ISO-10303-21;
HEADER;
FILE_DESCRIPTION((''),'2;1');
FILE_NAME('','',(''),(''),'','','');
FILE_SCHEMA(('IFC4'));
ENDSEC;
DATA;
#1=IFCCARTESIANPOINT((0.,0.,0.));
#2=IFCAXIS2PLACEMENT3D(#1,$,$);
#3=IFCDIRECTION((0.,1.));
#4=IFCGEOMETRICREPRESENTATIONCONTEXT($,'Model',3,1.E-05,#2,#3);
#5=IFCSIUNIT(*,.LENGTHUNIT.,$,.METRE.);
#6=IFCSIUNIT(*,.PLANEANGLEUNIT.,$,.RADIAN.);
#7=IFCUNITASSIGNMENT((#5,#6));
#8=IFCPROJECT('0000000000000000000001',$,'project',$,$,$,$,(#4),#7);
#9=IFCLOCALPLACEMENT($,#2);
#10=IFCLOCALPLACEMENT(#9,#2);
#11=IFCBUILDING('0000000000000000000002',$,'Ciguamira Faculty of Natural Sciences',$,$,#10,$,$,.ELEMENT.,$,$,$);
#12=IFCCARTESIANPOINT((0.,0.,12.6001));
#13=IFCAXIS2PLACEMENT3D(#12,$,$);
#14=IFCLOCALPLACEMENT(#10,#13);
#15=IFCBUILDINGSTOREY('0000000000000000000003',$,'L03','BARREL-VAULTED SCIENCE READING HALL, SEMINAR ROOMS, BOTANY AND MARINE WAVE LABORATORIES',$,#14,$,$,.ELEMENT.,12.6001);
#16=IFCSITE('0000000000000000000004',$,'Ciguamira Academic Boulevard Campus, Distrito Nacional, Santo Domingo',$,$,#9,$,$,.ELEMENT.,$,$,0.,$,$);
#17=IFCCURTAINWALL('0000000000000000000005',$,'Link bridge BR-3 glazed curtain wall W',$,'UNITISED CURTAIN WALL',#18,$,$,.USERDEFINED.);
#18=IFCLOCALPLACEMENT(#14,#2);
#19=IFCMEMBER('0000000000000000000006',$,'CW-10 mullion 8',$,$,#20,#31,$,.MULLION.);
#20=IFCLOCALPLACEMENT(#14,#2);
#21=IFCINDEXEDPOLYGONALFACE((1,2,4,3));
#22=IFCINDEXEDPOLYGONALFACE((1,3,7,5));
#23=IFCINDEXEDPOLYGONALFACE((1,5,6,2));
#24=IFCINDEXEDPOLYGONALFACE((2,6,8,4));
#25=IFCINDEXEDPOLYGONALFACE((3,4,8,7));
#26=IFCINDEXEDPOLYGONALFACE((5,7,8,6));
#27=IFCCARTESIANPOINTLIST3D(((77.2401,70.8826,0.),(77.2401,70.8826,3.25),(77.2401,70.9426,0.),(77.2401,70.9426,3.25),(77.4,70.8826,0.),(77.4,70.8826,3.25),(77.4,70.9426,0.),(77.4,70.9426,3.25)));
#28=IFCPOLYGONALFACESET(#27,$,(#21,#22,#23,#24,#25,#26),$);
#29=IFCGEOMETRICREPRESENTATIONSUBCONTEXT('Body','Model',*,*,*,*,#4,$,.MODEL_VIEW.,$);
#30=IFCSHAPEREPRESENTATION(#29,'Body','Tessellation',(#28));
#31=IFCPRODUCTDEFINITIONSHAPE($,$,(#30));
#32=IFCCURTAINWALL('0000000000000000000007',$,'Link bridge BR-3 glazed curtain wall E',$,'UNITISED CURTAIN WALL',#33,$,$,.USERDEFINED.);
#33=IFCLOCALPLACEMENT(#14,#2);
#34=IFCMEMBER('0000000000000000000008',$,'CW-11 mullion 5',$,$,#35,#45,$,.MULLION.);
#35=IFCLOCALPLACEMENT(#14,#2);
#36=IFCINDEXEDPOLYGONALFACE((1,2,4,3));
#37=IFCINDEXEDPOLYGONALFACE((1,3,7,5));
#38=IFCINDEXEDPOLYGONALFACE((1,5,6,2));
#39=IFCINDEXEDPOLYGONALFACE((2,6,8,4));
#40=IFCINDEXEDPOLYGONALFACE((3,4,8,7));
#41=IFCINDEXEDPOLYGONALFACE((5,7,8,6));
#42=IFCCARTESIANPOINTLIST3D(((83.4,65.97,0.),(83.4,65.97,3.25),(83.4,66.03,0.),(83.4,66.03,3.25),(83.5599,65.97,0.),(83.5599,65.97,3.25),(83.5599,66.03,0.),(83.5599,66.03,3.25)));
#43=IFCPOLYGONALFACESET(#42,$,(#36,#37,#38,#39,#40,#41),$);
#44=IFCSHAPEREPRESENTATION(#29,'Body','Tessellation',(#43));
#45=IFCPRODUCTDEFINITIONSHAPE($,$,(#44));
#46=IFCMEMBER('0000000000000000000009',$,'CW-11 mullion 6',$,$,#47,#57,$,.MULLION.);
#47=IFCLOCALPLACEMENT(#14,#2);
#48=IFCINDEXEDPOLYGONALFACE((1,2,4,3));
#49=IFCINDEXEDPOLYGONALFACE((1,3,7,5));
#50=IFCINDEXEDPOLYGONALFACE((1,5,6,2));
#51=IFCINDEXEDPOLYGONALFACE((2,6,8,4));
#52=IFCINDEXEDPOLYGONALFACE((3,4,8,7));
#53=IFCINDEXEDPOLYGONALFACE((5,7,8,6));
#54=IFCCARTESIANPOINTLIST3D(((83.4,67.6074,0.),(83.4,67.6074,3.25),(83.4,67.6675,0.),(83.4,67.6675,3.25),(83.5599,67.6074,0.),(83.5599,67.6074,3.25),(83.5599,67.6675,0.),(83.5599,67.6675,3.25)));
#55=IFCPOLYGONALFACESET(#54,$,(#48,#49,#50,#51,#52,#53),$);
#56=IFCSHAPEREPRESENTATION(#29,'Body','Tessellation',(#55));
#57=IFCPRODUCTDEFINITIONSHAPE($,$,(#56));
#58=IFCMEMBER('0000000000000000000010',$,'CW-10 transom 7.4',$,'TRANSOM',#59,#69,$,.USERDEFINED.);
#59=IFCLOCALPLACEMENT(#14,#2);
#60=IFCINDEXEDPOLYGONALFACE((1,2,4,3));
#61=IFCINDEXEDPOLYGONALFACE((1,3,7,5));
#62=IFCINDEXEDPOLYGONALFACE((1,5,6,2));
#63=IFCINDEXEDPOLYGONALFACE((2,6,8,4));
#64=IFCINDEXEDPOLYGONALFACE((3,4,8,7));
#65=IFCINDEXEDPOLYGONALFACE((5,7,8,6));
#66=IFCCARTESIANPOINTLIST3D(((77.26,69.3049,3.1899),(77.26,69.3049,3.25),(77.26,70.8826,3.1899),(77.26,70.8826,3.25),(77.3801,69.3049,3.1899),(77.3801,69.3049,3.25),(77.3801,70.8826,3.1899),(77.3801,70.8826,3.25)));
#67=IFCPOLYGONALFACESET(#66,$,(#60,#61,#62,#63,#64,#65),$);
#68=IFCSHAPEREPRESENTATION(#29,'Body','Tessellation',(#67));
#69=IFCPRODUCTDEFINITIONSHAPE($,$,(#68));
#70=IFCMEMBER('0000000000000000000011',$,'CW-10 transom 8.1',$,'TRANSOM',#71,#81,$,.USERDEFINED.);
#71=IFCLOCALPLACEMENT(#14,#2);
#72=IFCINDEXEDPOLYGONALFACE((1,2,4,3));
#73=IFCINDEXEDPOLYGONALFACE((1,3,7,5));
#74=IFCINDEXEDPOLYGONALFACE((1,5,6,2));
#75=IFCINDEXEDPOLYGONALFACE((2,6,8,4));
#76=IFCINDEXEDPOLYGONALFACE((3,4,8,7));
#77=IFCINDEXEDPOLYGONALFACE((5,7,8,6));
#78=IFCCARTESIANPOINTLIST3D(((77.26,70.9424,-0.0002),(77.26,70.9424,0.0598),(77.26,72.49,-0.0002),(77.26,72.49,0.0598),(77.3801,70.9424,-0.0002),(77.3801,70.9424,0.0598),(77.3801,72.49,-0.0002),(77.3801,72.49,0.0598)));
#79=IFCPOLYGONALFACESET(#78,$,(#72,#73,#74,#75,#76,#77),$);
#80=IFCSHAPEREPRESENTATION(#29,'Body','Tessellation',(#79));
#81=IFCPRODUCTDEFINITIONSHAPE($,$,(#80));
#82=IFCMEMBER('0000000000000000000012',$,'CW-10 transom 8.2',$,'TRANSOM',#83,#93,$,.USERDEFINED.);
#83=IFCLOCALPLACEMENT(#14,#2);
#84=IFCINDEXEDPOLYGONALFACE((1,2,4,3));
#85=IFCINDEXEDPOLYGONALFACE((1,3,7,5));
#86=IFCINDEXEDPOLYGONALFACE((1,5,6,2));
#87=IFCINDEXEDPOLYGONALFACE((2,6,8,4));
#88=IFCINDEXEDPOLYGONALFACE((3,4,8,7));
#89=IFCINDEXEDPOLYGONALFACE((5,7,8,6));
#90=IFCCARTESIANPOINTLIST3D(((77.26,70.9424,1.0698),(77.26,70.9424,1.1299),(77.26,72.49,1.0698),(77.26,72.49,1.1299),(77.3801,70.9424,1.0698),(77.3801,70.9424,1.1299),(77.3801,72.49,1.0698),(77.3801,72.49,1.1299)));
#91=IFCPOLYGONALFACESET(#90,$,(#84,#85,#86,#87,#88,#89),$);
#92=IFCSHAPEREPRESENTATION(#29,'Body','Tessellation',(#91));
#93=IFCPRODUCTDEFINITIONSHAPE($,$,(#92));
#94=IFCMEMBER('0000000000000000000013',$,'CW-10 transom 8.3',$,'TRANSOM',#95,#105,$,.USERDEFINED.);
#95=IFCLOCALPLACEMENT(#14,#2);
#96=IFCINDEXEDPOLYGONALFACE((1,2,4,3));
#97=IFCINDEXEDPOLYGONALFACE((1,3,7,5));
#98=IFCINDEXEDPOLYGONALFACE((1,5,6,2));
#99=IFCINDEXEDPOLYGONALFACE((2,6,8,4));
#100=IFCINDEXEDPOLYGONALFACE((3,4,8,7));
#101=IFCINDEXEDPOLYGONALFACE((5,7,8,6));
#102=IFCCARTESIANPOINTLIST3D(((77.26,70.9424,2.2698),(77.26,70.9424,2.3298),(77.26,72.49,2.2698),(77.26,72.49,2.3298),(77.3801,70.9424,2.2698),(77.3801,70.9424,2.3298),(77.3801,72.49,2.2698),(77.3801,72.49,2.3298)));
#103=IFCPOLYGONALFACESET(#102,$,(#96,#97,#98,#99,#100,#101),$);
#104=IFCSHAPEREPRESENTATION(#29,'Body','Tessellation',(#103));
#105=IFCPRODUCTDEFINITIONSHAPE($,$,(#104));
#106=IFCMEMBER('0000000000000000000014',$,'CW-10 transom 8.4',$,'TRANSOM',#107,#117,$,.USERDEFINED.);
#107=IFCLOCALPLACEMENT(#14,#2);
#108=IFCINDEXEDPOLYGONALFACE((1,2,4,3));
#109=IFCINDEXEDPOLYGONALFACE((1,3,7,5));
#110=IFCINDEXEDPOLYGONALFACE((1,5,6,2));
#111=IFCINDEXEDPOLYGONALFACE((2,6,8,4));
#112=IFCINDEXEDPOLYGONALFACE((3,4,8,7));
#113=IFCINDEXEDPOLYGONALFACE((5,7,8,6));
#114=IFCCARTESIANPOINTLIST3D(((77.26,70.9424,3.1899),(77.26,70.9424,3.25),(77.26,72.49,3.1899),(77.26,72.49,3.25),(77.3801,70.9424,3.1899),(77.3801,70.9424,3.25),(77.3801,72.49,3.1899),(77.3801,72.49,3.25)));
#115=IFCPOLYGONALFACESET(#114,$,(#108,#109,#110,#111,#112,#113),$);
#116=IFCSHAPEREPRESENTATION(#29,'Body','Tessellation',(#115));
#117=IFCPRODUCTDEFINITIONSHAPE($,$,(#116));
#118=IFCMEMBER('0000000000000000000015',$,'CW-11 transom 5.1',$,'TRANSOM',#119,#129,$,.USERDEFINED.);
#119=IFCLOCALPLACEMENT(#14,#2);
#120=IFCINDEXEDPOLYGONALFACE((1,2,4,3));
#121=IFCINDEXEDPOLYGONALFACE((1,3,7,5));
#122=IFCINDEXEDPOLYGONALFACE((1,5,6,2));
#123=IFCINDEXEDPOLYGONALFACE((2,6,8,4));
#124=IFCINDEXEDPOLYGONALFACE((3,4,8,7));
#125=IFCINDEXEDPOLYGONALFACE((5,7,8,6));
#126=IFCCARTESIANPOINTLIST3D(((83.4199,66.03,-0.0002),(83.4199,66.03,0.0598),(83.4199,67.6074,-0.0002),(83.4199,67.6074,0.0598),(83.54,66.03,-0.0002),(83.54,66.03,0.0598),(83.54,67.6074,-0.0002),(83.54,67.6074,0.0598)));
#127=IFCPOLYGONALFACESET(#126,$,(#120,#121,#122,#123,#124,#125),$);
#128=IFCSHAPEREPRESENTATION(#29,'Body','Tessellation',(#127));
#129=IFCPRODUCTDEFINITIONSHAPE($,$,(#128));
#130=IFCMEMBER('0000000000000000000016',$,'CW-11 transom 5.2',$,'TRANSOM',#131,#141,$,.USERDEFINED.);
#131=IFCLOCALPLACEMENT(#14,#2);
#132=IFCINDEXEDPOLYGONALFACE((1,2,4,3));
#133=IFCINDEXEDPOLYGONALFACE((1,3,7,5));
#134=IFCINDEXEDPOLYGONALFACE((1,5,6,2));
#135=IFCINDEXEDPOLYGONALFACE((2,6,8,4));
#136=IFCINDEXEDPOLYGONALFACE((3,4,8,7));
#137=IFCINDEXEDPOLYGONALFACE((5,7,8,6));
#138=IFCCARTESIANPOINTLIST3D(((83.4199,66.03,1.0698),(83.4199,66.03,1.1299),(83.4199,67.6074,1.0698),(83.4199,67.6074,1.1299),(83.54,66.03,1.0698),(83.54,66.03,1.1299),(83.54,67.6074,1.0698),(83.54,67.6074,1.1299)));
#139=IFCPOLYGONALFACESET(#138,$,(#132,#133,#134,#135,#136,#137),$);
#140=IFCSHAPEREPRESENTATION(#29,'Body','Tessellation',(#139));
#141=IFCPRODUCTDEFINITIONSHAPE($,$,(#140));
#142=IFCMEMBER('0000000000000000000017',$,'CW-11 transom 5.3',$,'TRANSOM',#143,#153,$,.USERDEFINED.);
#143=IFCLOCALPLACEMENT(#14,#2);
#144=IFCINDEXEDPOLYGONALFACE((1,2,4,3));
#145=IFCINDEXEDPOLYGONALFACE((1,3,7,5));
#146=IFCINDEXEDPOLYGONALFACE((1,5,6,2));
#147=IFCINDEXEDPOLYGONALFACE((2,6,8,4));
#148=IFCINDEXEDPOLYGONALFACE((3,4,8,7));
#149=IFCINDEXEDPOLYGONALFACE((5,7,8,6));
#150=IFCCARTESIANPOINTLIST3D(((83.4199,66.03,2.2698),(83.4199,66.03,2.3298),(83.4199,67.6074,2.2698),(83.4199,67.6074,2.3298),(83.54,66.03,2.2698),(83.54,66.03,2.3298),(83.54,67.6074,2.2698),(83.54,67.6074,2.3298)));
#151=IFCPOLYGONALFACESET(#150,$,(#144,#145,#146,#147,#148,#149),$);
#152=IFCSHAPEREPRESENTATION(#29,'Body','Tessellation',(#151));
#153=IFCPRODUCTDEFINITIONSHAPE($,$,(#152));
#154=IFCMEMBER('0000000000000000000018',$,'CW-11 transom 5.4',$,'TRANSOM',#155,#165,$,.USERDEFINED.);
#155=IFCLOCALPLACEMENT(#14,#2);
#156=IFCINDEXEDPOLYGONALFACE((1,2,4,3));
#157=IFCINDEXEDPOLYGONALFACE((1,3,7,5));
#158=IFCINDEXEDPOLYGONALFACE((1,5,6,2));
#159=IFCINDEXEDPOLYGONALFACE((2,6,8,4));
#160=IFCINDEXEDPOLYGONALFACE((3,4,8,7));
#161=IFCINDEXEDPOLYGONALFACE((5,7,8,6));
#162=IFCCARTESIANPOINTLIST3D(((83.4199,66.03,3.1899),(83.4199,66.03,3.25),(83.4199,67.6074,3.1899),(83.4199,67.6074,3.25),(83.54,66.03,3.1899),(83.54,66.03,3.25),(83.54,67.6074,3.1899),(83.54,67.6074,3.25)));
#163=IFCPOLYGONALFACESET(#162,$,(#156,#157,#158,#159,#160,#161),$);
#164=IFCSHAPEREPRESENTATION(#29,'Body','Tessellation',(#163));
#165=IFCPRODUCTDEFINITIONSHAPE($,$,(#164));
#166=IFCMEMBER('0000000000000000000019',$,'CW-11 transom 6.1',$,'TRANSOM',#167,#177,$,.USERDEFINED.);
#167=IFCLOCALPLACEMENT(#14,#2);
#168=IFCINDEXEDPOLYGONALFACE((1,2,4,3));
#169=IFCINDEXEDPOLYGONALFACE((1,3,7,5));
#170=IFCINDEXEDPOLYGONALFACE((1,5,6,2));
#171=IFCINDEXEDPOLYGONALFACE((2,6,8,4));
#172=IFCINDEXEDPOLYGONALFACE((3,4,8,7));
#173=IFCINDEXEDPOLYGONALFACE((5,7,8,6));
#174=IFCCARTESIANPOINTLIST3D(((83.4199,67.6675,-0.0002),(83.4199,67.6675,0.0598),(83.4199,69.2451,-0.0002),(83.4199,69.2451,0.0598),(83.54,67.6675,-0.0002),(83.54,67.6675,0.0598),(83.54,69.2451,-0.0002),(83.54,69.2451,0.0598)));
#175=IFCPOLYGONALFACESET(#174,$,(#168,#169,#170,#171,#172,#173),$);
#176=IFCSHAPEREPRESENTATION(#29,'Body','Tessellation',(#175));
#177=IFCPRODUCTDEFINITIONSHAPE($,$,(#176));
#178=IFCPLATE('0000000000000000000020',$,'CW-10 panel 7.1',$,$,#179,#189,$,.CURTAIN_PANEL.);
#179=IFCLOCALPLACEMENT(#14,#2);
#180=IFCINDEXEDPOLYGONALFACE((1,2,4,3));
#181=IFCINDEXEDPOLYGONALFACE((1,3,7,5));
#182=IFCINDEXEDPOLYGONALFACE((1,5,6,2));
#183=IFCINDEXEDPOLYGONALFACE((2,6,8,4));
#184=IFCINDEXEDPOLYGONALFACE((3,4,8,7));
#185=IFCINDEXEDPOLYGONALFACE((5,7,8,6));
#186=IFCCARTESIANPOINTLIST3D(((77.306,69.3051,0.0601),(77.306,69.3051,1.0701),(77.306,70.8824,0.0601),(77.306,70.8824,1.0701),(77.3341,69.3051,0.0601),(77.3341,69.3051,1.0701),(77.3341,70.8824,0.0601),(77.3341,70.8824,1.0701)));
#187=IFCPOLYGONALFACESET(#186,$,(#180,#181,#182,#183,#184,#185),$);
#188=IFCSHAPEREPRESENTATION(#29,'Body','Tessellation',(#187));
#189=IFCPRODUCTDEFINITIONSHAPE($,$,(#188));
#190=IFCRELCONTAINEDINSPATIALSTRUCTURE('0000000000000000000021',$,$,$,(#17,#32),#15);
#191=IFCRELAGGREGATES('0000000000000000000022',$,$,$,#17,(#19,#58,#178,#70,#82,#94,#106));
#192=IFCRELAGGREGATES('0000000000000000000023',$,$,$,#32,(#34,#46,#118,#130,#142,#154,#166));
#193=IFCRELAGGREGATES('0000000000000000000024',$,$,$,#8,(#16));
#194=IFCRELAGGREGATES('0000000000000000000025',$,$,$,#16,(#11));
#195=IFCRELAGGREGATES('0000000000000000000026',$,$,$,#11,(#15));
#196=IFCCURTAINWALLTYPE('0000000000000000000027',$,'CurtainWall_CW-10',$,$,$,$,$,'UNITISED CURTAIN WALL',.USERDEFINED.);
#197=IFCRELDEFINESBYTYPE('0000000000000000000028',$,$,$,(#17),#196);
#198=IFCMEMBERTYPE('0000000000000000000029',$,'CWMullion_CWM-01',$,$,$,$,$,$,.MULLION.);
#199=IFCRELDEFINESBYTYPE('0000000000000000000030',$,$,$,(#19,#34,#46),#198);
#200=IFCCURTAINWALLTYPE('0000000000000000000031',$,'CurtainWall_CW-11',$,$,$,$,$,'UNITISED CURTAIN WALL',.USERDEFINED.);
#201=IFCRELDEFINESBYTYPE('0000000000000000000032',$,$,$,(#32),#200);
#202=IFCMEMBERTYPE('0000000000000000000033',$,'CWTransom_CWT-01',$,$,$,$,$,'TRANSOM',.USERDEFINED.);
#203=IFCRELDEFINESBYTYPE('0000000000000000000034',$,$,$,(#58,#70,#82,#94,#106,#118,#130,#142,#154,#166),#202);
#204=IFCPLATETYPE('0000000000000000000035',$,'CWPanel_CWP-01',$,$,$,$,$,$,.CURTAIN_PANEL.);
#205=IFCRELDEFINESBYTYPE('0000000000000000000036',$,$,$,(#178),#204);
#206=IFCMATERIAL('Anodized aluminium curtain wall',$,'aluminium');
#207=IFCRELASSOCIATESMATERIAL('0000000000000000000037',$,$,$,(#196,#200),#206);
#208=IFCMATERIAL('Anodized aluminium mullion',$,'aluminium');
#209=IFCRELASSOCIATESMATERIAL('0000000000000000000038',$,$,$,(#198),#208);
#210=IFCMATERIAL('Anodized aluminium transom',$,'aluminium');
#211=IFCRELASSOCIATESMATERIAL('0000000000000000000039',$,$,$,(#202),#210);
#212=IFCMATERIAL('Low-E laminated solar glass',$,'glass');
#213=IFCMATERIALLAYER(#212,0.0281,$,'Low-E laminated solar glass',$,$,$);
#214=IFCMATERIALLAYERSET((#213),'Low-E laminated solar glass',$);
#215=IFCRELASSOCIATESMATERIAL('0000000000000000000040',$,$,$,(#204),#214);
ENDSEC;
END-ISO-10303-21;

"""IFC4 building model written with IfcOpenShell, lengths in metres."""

from ifc_helpers import new_model, si_unit, direction, frame, origin, origin_2d, place, context, subcontext, project, spatial, rectangle, extrude, material, layer, layer_set, material_profile, profile_set, type_object, element, aggregate, save


model = new_model("IFC4")

# Units and contexts
model_context = context("Model", 3, precision=1e-05, world=origin(), true_north=direction((0.0, 1.0)))
body_context = subcontext(model_context, "Body", "Model", "MODEL_VIEW")
ifc_project = project(units=[si_unit("LENGTHUNIT", "METRE"), si_unit("PLANEANGLEUNIT", "RADIAN")], contexts=[model_context])

# Site, building, storey
site_placement = place(None, origin())
site = spatial("IfcSite", under=ifc_project, at=site_placement, Name="Ciguamira Academic Boulevard Campus, Distrito Nacional, Santo Domingo", CompositionType="ELEMENT", RefElevation=0.0)
building_placement = place(site_placement, origin())
building = spatial("IfcBuilding", under=site, at=building_placement, Name="Ciguamira Faculty of Natural Sciences", CompositionType="ELEMENT")
storey_placement = place(building_placement, frame((0.0, 0.0, 12.6001)))
storey = spatial("IfcBuildingStorey", under=building, at=storey_placement, Name="L03", Description="BARREL-VAULTED SCIENCE READING HALL, SEMINAR ROOMS, BOTANY AND MARINE WAVE LABORATORIES", CompositionType="ELEMENT", Elevation=12.6001)

# Curtain wall, member
ifc_material_1 = material(Name="Anodized aluminium curtain wall", Category="aluminium")
curtain_wall_type_1 = type_object("IfcCurtainWallType", Name="CurtainWall_CW-10", ElementType="UNITISED CURTAIN WALL", PredefinedType="USERDEFINED", material=ifc_material_1)
curtain_wall_1_placement = place(storey_placement, origin())
curtain_wall_1 = element("IfcCurtainWall", 1, at=curtain_wall_1_placement, inside=storey, type_object=curtain_wall_type_1, Name="Link bridge BR-3 glazed curtain wall W", ObjectType="UNITISED CURTAIN WALL", PredefinedType="USERDEFINED")
ifc_material_2 = material(Name="Anodized aluminium mullion", Category="aluminium")
ifc_material_profile_1 = material_profile(ifc_material_2, rectangle(XDim=0.0601, YDim=0.1599, at=origin_2d()), Name="ALU-MUL-60X160")
ifc_profile_set_1 = profile_set([ifc_material_profile_1], Name="Anodized aluminium mullion")
member_type_1 = type_object("IfcMemberType", Name="CWMullion_CWM-01", PredefinedType="MULLION", material=ifc_profile_set_1)
member_1_placement = place(storey_placement, frame((77.3201, 70.9126, 0.0), z_axis=(0.0, 0.0, 1.0), x_axis=(0.0, 1.0, 0.0)))
member_1 = element("IfcMember", 2, at=member_1_placement, type_object=member_type_1, Name="CW-10 mullion 8", PredefinedType="MULLION", context=body_context, shape_type="SweptSolid", body=[
    extrude(rectangle(XDim=0.0601, YDim=0.1599, at=origin_2d()), origin(), (0.0, 0.0, 1.0), 3.25),
])

# Curtain wall, members
curtain_wall_type_2 = type_object("IfcCurtainWallType", Name="CurtainWall_CW-11", ElementType="UNITISED CURTAIN WALL", PredefinedType="USERDEFINED", material=ifc_material_1)
curtain_wall_2_placement = place(storey_placement, origin())
curtain_wall_2 = element("IfcCurtainWall", 3, at=curtain_wall_2_placement, inside=storey, type_object=curtain_wall_type_2, Name="Link bridge BR-3 glazed curtain wall E", ObjectType="UNITISED CURTAIN WALL", PredefinedType="USERDEFINED")
member_2_placement = place(storey_placement, frame((83.48, 66.0, 0.0), z_axis=(0.0, 0.0, 1.0), x_axis=(0.0, 1.0, 0.0)))
member_2 = element("IfcMember", 4, at=member_2_placement, type_object=member_type_1, Name="CW-11 mullion 5", PredefinedType="MULLION", context=body_context, shape_type="SweptSolid", body=[
    extrude(rectangle(XDim=0.0601, YDim=0.1599, at=origin_2d()), origin(), (0.0, 0.0, 1.0), 3.25),
])
member_3_placement = place(storey_placement, frame((83.48, 67.6375, 0.0), z_axis=(0.0, 0.0, 1.0), x_axis=(0.0, 1.0, 0.0)))
member_3 = element("IfcMember", 5, at=member_3_placement, type_object=member_type_1, Name="CW-11 mullion 6", PredefinedType="MULLION", context=body_context, shape_type="SweptSolid", body=[
    extrude(rectangle(XDim=0.0601, YDim=0.1599, at=origin_2d()), origin(), (0.0, 0.0, 1.0), 3.25),
])

# Members
ifc_material_3 = material(Name="Anodized aluminium transom", Category="aluminium")
ifc_material_profile_2 = material_profile(ifc_material_3, rectangle(XDim=0.0601, YDim=0.1201, at=origin_2d()), Name="ALU-TRN-60X120")
ifc_profile_set_2 = profile_set([ifc_material_profile_2], Name="Anodized aluminium transom")
member_type_2 = type_object("IfcMemberType", Name="CWTransom_CWT-01", ElementType="TRANSOM", PredefinedType="USERDEFINED", material=ifc_profile_set_2)
member_4_placement = place(storey_placement, frame((77.3201, 69.3049, 3.22), z_axis=(0.0, 1.0, 0.0), x_axis=(0.0, 0.0, 1.0)))
member_4 = element("IfcMember", 6, at=member_4_placement, type_object=member_type_2, Name="CW-10 transom 7.4", ObjectType="TRANSOM", PredefinedType="USERDEFINED", context=body_context, shape_type="SweptSolid", body=[
    extrude(rectangle(XDim=0.0601, YDim=0.1201, at=origin_2d()), origin(), (0.0, 0.0, 1.0), 1.5776),
])
member_5_placement = place(storey_placement, frame((77.3201, 70.9424, 0.0298), z_axis=(0.0, 1.0, 0.0), x_axis=(0.0, 0.0, 1.0)))
member_5 = element("IfcMember", 7, at=member_5_placement, type_object=member_type_2, Name="CW-10 transom 8.1", ObjectType="TRANSOM", PredefinedType="USERDEFINED", context=body_context, shape_type="SweptSolid", body=[
    extrude(rectangle(XDim=0.0601, YDim=0.1201, at=origin_2d()), origin(), (0.0, 0.0, 1.0), 1.5476),
])
member_6_placement = place(storey_placement, frame((77.3201, 70.9424, 1.0999), z_axis=(0.0, 1.0, 0.0), x_axis=(0.0, 0.0, 1.0)))
member_6 = element("IfcMember", 8, at=member_6_placement, type_object=member_type_2, Name="CW-10 transom 8.2", ObjectType="TRANSOM", PredefinedType="USERDEFINED", context=body_context, shape_type="SweptSolid", body=[
    extrude(rectangle(XDim=0.0601, YDim=0.1201, at=origin_2d()), origin(), (0.0, 0.0, 1.0), 1.5476),
])
member_7_placement = place(storey_placement, frame((77.3201, 70.9424, 2.2998), z_axis=(0.0, 1.0, 0.0), x_axis=(0.0, 0.0, 1.0)))
member_7 = element("IfcMember", 9, at=member_7_placement, type_object=member_type_2, Name="CW-10 transom 8.3", ObjectType="TRANSOM", PredefinedType="USERDEFINED", context=body_context, shape_type="SweptSolid", body=[
    extrude(rectangle(XDim=0.0601, YDim=0.1201, at=origin_2d()), origin(), (0.0, 0.0, 1.0), 1.5476),
])
member_8_placement = place(storey_placement, frame((77.3201, 70.9424, 3.22), z_axis=(0.0, 1.0, 0.0), x_axis=(0.0, 0.0, 1.0)))
member_8 = element("IfcMember", 10, at=member_8_placement, type_object=member_type_2, Name="CW-10 transom 8.4", ObjectType="TRANSOM", PredefinedType="USERDEFINED", context=body_context, shape_type="SweptSolid", body=[
    extrude(rectangle(XDim=0.0601, YDim=0.1201, at=origin_2d()), origin(), (0.0, 0.0, 1.0), 1.5476),
])
member_9_placement = place(storey_placement, frame((83.48, 66.03, 0.0298), z_axis=(0.0, 1.0, 0.0), x_axis=(0.0, 0.0, 1.0)))
member_9 = element("IfcMember", 11, at=member_9_placement, type_object=member_type_2, Name="CW-11 transom 5.1", ObjectType="TRANSOM", PredefinedType="USERDEFINED", context=body_context, shape_type="SweptSolid", body=[
    extrude(rectangle(XDim=0.0601, YDim=0.1201, at=origin_2d()), origin(), (0.0, 0.0, 1.0), 1.5774),
])
member_10_placement = place(storey_placement, frame((83.48, 66.03, 1.0999), z_axis=(0.0, 1.0, 0.0), x_axis=(0.0, 0.0, 1.0)))
member_10 = element("IfcMember", 12, at=member_10_placement, type_object=member_type_2, Name="CW-11 transom 5.2", ObjectType="TRANSOM", PredefinedType="USERDEFINED", context=body_context, shape_type="SweptSolid", body=[
    extrude(rectangle(XDim=0.0601, YDim=0.1201, at=origin_2d()), origin(), (0.0, 0.0, 1.0), 1.5774),
])
member_11_placement = place(storey_placement, frame((83.48, 66.03, 2.2998), z_axis=(0.0, 1.0, 0.0), x_axis=(0.0, 0.0, 1.0)))
member_11 = element("IfcMember", 13, at=member_11_placement, type_object=member_type_2, Name="CW-11 transom 5.3", ObjectType="TRANSOM", PredefinedType="USERDEFINED", context=body_context, shape_type="SweptSolid", body=[
    extrude(rectangle(XDim=0.0601, YDim=0.1201, at=origin_2d()), origin(), (0.0, 0.0, 1.0), 1.5774),
])
member_12_placement = place(storey_placement, frame((83.48, 66.03, 3.22), z_axis=(0.0, 1.0, 0.0), x_axis=(0.0, 0.0, 1.0)))
member_12 = element("IfcMember", 14, at=member_12_placement, type_object=member_type_2, Name="CW-11 transom 5.4", ObjectType="TRANSOM", PredefinedType="USERDEFINED", context=body_context, shape_type="SweptSolid", body=[
    extrude(rectangle(XDim=0.0601, YDim=0.1201, at=origin_2d()), origin(), (0.0, 0.0, 1.0), 1.5774),
])
member_13_placement = place(storey_placement, frame((83.48, 67.6675, 0.0298), z_axis=(0.0, 1.0, 0.0), x_axis=(0.0, 0.0, 1.0)))
member_13 = element("IfcMember", 15, at=member_13_placement, type_object=member_type_2, Name="CW-11 transom 6.1", ObjectType="TRANSOM", PredefinedType="USERDEFINED", context=body_context, shape_type="SweptSolid", body=[
    extrude(rectangle(XDim=0.0601, YDim=0.1201, at=origin_2d()), origin(), (0.0, 0.0, 1.0), 1.5776),
])

# Plate
ifc_material_4 = material(Name="Low-E laminated solar glass", Category="glass")
ifc_layer = layer(ifc_material_4, 0.0281, Name="Low-E laminated solar glass")
ifc_layer_set = layer_set([ifc_layer], Name="Low-E laminated solar glass")
plate_type = type_object("IfcPlateType", Name="CWPanel_CWP-01", PredefinedType="CURTAIN_PANEL", material=ifc_layer_set)
plate_1_placement = place(storey_placement, frame((77.3201, 70.0938, 0.0601), z_axis=(0.0, 0.0, 1.0), x_axis=(0.0, 1.0, 0.0)))
plate_1 = element("IfcPlate", 16, at=plate_1_placement, type_object=plate_type, Name="CW-10 panel 7.1", PredefinedType="CURTAIN_PANEL", context=body_context, shape_type="SweptSolid", body=[
    extrude(rectangle(XDim=1.5774, YDim=0.0281, at=origin_2d()), origin(), (0.0, 0.0, 1.0), 1.01),
])
aggregate(curtain_wall_1, [member_1, member_4, plate_1, member_5, member_6, member_7, member_8])
aggregate(curtain_wall_2, [member_2, member_3, member_9, member_10, member_11, member_12, member_13])

save(model, "model.ifc")
